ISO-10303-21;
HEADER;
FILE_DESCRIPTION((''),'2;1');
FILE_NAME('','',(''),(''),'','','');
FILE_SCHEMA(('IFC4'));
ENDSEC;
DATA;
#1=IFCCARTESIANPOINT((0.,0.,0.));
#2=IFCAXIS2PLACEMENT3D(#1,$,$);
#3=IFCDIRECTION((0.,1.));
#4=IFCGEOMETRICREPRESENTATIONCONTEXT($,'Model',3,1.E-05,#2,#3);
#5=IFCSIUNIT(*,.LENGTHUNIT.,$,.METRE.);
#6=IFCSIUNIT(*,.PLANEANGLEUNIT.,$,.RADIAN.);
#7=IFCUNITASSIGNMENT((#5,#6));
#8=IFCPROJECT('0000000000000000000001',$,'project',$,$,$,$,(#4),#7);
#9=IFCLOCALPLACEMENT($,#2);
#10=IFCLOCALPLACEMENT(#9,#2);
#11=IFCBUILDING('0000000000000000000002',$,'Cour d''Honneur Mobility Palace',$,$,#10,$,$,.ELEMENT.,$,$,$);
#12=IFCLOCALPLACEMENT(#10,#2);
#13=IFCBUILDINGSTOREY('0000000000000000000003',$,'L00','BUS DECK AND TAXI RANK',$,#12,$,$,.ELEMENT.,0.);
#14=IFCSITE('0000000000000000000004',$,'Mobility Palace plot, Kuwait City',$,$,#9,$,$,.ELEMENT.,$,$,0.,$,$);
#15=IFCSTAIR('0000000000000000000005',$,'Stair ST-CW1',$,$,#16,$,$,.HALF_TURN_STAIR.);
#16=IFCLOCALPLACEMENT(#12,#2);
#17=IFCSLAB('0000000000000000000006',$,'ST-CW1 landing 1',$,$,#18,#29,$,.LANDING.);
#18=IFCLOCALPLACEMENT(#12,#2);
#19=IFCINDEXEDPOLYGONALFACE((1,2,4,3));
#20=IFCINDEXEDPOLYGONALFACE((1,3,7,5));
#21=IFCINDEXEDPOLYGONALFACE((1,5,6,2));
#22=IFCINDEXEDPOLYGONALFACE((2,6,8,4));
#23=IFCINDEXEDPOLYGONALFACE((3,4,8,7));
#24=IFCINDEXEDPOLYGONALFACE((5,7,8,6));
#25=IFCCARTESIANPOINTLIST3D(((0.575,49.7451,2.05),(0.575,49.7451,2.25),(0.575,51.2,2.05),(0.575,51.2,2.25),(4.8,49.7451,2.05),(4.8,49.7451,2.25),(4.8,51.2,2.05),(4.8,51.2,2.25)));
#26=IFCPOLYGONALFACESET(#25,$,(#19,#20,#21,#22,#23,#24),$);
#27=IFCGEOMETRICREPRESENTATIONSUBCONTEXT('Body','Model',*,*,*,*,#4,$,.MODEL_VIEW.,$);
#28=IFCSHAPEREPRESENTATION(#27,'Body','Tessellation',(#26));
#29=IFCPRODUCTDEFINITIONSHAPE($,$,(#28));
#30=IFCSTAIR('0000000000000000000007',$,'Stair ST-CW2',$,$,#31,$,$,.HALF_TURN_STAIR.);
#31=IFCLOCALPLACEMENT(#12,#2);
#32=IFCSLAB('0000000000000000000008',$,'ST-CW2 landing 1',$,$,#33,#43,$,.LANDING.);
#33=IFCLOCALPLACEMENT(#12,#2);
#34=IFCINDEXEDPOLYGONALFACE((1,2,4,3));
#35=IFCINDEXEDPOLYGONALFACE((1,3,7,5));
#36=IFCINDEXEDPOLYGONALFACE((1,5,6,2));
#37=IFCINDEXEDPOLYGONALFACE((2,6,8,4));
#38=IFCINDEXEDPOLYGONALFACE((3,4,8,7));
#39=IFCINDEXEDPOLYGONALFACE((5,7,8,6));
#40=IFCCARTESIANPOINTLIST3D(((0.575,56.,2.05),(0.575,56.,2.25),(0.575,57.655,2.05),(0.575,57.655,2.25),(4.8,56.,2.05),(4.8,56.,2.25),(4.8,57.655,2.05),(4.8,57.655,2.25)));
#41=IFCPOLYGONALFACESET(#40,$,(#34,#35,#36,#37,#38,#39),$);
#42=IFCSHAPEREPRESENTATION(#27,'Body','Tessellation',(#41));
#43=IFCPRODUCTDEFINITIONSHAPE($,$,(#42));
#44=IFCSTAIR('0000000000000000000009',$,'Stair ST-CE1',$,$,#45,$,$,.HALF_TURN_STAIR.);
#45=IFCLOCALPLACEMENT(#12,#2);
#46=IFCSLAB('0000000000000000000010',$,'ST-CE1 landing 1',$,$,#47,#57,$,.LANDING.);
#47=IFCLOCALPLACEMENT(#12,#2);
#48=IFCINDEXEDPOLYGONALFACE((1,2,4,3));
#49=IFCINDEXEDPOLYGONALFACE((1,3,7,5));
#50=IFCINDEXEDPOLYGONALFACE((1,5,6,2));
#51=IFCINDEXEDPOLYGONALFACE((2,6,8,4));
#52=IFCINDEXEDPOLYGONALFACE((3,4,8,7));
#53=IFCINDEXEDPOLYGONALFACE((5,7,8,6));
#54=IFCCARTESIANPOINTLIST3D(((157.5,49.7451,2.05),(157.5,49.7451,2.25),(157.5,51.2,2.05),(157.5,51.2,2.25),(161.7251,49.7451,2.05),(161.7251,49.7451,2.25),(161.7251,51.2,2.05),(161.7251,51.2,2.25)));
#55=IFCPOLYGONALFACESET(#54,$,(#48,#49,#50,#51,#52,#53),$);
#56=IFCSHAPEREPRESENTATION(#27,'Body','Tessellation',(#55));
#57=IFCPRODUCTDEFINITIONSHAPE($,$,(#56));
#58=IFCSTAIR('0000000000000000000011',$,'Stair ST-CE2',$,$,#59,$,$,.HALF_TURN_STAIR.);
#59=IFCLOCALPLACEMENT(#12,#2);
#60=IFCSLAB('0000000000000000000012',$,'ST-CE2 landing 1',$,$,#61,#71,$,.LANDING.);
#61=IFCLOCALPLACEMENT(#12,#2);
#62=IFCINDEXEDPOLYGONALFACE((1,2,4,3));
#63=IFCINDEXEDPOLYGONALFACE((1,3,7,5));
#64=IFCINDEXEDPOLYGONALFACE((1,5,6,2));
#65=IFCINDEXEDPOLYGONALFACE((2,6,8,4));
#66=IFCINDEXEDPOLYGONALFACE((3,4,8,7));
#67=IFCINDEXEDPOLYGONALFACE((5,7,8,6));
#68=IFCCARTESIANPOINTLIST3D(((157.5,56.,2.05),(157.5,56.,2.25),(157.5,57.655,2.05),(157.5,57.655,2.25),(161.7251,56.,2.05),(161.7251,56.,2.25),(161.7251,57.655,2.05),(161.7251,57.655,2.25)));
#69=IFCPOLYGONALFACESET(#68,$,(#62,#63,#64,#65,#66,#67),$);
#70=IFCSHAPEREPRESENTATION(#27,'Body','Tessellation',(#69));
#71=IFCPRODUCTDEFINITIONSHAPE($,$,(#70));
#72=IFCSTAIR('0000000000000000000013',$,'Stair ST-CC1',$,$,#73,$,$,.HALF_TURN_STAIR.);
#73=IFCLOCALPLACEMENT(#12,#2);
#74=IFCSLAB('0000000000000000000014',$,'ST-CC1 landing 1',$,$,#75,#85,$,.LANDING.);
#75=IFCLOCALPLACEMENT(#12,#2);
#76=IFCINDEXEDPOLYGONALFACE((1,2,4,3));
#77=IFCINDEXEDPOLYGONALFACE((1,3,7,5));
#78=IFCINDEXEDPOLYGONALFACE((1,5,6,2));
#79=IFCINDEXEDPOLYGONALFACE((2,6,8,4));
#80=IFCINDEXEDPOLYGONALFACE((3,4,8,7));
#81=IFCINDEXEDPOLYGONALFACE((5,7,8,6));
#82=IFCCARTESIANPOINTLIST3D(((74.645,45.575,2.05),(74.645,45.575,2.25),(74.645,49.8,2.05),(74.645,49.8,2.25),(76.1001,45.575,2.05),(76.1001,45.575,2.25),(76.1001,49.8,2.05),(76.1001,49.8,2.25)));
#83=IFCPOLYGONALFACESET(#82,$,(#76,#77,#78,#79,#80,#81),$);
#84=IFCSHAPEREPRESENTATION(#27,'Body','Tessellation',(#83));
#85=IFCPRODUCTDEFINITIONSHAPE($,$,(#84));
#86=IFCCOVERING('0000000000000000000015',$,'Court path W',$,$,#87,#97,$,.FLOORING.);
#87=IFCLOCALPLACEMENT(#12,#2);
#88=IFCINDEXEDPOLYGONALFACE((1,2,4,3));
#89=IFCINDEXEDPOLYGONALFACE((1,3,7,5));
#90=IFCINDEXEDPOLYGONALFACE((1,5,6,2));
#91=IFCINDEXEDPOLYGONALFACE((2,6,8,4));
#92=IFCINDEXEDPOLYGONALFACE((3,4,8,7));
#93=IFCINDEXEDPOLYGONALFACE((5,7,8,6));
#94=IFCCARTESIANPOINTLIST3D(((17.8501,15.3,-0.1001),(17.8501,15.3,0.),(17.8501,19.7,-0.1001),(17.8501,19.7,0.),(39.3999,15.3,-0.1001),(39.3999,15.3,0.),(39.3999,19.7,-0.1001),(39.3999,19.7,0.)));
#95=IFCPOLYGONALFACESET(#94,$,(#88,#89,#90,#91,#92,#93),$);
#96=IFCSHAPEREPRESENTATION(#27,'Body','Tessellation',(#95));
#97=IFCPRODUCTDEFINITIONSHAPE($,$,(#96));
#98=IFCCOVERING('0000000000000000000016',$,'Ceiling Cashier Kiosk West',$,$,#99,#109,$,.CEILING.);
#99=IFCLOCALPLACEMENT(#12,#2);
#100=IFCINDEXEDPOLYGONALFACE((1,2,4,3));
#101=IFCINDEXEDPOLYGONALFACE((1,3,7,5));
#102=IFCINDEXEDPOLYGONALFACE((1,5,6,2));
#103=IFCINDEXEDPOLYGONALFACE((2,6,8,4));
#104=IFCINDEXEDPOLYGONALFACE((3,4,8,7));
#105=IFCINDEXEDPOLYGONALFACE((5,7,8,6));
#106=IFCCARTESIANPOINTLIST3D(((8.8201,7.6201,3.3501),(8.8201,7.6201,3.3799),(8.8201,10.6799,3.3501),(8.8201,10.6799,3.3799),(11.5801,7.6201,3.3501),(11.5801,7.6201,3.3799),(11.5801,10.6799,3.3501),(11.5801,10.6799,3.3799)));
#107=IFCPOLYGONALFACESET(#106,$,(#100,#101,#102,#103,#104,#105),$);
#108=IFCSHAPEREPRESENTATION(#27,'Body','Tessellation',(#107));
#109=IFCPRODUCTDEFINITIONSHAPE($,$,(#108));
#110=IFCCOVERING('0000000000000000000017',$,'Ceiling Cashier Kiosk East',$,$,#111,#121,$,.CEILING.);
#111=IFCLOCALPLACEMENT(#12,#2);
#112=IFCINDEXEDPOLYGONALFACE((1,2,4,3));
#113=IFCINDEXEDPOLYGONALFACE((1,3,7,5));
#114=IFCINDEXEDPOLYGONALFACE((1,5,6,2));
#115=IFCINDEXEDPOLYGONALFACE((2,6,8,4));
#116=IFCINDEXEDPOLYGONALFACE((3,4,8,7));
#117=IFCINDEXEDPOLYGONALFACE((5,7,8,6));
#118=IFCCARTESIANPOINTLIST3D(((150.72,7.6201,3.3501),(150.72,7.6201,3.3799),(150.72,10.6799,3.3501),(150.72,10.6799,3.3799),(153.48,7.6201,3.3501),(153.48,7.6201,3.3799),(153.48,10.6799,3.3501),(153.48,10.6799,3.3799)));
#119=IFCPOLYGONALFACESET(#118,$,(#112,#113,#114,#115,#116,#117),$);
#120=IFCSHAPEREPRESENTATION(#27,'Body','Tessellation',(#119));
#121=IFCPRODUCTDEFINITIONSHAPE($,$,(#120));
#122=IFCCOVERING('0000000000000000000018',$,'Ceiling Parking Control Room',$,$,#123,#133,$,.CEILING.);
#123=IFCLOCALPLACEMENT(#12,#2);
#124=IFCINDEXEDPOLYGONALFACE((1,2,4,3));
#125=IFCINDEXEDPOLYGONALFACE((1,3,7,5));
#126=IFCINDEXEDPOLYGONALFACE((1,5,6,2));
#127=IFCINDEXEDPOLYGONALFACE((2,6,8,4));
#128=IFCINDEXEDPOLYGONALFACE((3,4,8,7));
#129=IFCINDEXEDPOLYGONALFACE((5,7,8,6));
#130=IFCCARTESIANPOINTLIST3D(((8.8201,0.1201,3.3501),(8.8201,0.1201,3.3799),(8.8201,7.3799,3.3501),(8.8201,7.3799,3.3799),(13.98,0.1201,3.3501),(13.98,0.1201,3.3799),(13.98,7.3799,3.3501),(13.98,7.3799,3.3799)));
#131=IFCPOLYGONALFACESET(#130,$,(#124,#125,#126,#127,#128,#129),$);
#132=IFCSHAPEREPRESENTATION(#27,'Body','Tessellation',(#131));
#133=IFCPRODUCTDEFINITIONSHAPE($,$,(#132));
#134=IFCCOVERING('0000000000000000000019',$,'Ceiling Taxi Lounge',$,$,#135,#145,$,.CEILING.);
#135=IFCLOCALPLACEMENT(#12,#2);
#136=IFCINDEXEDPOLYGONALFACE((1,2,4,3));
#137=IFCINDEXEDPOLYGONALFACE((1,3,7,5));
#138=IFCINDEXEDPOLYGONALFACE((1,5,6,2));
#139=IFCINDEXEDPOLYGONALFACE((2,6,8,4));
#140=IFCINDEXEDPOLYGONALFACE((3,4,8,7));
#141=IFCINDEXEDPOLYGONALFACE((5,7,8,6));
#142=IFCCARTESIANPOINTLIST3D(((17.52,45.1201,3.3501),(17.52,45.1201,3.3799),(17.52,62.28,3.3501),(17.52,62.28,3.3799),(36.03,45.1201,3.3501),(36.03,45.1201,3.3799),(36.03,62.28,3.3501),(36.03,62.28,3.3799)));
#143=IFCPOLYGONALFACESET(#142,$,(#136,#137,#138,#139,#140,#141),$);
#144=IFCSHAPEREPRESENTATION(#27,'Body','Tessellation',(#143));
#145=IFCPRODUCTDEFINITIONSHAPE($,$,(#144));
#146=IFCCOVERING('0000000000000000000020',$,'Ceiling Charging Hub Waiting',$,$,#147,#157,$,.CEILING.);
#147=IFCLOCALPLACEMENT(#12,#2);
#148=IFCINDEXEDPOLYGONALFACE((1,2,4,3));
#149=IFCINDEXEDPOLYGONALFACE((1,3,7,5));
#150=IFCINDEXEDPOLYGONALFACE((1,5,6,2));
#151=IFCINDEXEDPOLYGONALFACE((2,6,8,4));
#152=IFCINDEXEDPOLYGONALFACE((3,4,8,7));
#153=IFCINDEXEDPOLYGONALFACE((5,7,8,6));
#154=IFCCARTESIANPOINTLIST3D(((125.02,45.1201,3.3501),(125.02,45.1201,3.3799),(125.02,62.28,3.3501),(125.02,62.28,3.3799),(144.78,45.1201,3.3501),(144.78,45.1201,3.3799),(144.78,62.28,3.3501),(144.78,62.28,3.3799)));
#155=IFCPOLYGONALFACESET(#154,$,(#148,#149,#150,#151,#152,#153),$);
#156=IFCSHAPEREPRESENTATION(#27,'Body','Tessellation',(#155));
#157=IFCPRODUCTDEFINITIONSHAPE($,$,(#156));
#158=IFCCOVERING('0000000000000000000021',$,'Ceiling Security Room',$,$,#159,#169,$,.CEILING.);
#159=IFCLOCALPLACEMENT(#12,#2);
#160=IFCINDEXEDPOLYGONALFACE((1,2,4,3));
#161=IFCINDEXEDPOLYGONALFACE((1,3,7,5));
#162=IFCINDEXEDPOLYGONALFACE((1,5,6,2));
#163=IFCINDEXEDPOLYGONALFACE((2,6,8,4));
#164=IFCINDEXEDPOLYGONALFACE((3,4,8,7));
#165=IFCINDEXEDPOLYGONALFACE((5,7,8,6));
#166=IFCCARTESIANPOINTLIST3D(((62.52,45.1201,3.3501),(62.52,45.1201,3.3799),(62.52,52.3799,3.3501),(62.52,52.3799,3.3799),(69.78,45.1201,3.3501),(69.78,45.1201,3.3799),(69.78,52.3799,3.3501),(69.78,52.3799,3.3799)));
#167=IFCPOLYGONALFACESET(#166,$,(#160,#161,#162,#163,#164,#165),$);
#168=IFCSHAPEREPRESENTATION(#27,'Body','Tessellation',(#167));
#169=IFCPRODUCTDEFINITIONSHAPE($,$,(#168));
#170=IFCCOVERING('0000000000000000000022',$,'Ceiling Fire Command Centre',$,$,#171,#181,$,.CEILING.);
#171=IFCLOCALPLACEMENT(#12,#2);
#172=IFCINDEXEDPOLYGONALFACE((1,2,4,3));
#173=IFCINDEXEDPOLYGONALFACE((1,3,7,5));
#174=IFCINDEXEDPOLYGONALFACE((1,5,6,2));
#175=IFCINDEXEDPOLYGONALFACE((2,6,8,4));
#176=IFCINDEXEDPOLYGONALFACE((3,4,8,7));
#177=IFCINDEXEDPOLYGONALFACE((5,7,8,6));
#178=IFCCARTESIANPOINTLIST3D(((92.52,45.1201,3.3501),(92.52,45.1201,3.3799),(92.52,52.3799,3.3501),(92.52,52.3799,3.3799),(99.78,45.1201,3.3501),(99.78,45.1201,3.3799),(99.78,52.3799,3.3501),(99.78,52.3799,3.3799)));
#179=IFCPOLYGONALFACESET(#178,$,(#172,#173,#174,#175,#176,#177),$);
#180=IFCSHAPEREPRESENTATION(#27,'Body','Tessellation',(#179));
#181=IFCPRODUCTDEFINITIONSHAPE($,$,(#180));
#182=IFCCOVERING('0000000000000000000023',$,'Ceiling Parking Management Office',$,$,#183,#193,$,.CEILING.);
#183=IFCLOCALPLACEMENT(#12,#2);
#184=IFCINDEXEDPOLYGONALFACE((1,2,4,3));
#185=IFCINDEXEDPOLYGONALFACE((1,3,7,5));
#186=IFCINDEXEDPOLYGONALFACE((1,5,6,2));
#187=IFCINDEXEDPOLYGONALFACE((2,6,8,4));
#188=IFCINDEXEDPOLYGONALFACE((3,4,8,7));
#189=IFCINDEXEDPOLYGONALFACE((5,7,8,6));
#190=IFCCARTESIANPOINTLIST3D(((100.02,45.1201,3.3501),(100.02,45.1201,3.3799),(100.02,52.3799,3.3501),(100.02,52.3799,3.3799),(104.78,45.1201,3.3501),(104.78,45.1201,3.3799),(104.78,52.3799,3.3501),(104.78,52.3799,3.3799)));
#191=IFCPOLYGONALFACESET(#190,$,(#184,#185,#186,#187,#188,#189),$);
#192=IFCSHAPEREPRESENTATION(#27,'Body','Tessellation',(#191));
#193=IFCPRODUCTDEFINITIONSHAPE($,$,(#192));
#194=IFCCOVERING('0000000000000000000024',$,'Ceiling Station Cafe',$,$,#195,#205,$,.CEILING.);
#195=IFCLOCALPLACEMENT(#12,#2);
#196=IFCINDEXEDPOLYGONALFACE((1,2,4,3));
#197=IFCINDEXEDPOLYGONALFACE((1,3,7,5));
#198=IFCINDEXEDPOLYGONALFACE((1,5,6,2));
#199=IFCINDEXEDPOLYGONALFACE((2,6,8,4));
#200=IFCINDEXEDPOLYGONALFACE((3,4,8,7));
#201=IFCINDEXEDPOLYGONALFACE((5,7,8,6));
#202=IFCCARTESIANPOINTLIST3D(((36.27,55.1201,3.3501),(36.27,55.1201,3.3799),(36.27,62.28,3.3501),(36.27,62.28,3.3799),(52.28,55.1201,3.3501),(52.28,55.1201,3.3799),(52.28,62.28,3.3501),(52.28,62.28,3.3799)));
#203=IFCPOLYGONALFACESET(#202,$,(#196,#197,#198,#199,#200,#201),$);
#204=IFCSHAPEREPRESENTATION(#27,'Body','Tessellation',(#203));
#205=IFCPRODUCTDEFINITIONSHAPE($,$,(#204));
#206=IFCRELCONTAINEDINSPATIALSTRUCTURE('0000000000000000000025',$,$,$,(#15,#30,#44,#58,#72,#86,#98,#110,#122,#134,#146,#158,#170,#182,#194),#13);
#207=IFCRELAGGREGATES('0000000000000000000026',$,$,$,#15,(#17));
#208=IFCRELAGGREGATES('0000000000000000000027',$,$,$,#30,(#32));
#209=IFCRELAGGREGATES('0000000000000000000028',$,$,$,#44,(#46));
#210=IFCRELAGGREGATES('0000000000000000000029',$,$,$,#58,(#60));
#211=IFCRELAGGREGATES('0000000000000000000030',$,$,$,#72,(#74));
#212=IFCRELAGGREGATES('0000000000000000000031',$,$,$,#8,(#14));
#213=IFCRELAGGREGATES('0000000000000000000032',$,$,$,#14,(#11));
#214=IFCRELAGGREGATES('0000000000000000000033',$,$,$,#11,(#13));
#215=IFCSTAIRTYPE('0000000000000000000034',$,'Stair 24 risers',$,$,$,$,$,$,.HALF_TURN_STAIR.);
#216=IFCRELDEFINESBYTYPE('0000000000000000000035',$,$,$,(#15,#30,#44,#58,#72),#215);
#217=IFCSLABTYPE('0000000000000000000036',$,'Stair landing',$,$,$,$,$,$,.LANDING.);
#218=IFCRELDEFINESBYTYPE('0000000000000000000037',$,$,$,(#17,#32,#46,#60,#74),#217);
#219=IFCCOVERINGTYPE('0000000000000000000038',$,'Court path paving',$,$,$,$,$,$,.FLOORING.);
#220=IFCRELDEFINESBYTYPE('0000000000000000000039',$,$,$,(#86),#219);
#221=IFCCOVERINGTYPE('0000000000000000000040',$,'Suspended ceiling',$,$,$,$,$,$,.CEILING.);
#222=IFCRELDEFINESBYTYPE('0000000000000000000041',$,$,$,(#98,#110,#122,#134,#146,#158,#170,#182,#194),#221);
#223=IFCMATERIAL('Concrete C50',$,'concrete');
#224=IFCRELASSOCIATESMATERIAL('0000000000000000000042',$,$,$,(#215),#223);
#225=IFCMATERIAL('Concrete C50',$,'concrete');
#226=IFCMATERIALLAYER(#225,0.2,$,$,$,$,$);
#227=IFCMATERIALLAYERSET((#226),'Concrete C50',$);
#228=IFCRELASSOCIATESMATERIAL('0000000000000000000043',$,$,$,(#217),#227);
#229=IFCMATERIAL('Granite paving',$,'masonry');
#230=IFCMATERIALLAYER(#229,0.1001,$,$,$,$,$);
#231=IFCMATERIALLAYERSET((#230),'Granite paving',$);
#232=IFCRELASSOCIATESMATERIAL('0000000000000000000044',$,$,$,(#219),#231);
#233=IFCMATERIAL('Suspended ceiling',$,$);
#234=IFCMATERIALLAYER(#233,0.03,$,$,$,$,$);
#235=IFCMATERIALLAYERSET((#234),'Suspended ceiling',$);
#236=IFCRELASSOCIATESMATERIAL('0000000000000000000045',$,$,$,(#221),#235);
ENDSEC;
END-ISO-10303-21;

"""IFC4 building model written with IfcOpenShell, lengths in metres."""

from ifc_helpers import new_model, si_unit, direction, frame, origin, place, context, subcontext, project, spatial, polyline, outline, extrude, material, layer, layer_set, type_object, element, aggregate, save


model = new_model("IFC4")

# Units and contexts
model_context = context("Model", 3, precision=1e-05, world=origin(), true_north=direction((0.0, 1.0)))
body_context = subcontext(model_context, "Body", "Model", "MODEL_VIEW")
ifc_project = project(units=[si_unit("LENGTHUNIT", "METRE"), si_unit("PLANEANGLEUNIT", "RADIAN")], contexts=[model_context])

# Site, building, storey
site_placement = place(None, origin())
site = spatial("IfcSite", under=ifc_project, at=site_placement, Name="Mobility Palace plot, Kuwait City", CompositionType="ELEMENT", RefElevation=0.0)
building_placement = place(site_placement, origin())
building = spatial("IfcBuilding", under=site, at=building_placement, Name="Cour d'Honneur Mobility Palace", CompositionType="ELEMENT")
storey_placement = place(building_placement, origin())
storey = spatial("IfcBuildingStorey", under=building, at=storey_placement, Name="L00", Description="BUS DECK AND TAXI RANK", CompositionType="ELEMENT", Elevation=0.0)

# Stairs, slabs
ifc_material_1 = material(Name="Concrete C50", Category="concrete")
stair_type = type_object("IfcStairType", Name="Stair 24 risers", PredefinedType="HALF_TURN_STAIR", material=ifc_material_1)
stair_1_placement = place(storey_placement, origin())
stair_1 = element("IfcStair", 1, at=stair_1_placement, inside=storey, type_object=stair_type, Name="Stair ST-CW1", PredefinedType="HALF_TURN_STAIR")
ifc_material_2 = material(Name="Concrete C50", Category="concrete")
ifc_layer_1 = layer(ifc_material_2, 0.2)
ifc_layer_set_1 = layer_set([ifc_layer_1], Name="Concrete C50")
slab_type = type_object("IfcSlabType", Name="Stair landing", PredefinedType="LANDING", material=ifc_layer_set_1)
slab_1_placement = place(storey_placement, frame((0.0, 0.0, 2.05)))
slab_1 = element("IfcSlab", 2, at=slab_1_placement, type_object=slab_type, Name="ST-CW1 landing 1", PredefinedType="LANDING", context=body_context, shape_type="SweptSolid", body=[
    extrude(outline(polyline([(0.575, 49.7451), (4.8, 49.7451), (4.8, 51.2), (0.575, 51.2), (0.575, 49.7451)])), origin(), (0.0, 0.0, 1.0), 0.2),
])
aggregate(stair_1, [slab_1])
stair_2_placement = place(storey_placement, origin())
stair_2 = element("IfcStair", 3, at=stair_2_placement, inside=storey, type_object=stair_type, Name="Stair ST-CW2", PredefinedType="HALF_TURN_STAIR")
slab_2_placement = place(storey_placement, frame((0.0, 0.0, 2.05)))
slab_2 = element("IfcSlab", 4, at=slab_2_placement, type_object=slab_type, Name="ST-CW2 landing 1", PredefinedType="LANDING", context=body_context, shape_type="SweptSolid", body=[
    extrude(outline(polyline([(0.575, 56.0), (4.8, 56.0), (4.8, 57.655), (0.575, 57.655), (0.575, 56.0)])), origin(), (0.0, 0.0, 1.0), 0.2),
])
aggregate(stair_2, [slab_2])
stair_3_placement = place(storey_placement, origin())
stair_3 = element("IfcStair", 5, at=stair_3_placement, inside=storey, type_object=stair_type, Name="Stair ST-CE1", PredefinedType="HALF_TURN_STAIR")
slab_3_placement = place(storey_placement, frame((0.0, 0.0, 2.05)))
slab_3 = element("IfcSlab", 6, at=slab_3_placement, type_object=slab_type, Name="ST-CE1 landing 1", PredefinedType="LANDING", context=body_context, shape_type="SweptSolid", body=[
    extrude(outline(polyline([(157.5, 49.7451), (161.7251, 49.7451), (161.7251, 51.2), (157.5, 51.2), (157.5, 49.7451)])), origin(), (0.0, 0.0, 1.0), 0.2),
])
aggregate(stair_3, [slab_3])
stair_4_placement = place(storey_placement, origin())
stair_4 = element("IfcStair", 7, at=stair_4_placement, inside=storey, type_object=stair_type, Name="Stair ST-CE2", PredefinedType="HALF_TURN_STAIR")
slab_4_placement = place(storey_placement, frame((0.0, 0.0, 2.05)))
slab_4 = element("IfcSlab", 8, at=slab_4_placement, type_object=slab_type, Name="ST-CE2 landing 1", PredefinedType="LANDING", context=body_context, shape_type="SweptSolid", body=[
    extrude(outline(polyline([(157.5, 56.0), (161.7251, 56.0), (161.7251, 57.655), (157.5, 57.655), (157.5, 56.0)])), origin(), (0.0, 0.0, 1.0), 0.2),
])
aggregate(stair_4, [slab_4])
stair_5_placement = place(storey_placement, origin())
stair_5 = element("IfcStair", 9, at=stair_5_placement, inside=storey, type_object=stair_type, Name="Stair ST-CC1", PredefinedType="HALF_TURN_STAIR")
slab_5_placement = place(storey_placement, frame((0.0, 0.0, 2.05)))
slab_5 = element("IfcSlab", 10, at=slab_5_placement, type_object=slab_type, Name="ST-CC1 landing 1", PredefinedType="LANDING", context=body_context, shape_type="SweptSolid", body=[
    extrude(outline(polyline([(74.645, 45.575), (76.1001, 45.575), (76.1001, 49.8), (74.645, 49.8), (74.645, 45.575)])), origin(), (0.0, 0.0, 1.0), 0.2),
])
aggregate(stair_5, [slab_5])

# Coverings
ifc_material_3 = material(Name="Granite paving", Category="masonry")
ifc_layer_2 = layer(ifc_material_3, 0.1001)
ifc_layer_set_2 = layer_set([ifc_layer_2], Name="Granite paving")
covering_type_1 = type_object("IfcCoveringType", Name="Court path paving", PredefinedType="FLOORING", material=ifc_layer_set_2)
covering_1_placement = place(storey_placement, frame((0.0, 0.0, -0.1001)))
element("IfcCovering", 11, at=covering_1_placement, inside=storey, type_object=covering_type_1, Name="Court path W", PredefinedType="FLOORING", context=body_context, shape_type="SweptSolid", body=[
    extrude(outline(polyline([(17.8501, 15.3), (39.3999, 15.3), (39.3999, 19.7), (17.8501, 19.7), (17.8501, 15.3)])), origin(), (0.0, 0.0, 1.0), 0.1001),
])
ifc_material_4 = material(Name="Suspended ceiling")
ifc_layer_3 = layer(ifc_material_4, 0.03)
ifc_layer_set_3 = layer_set([ifc_layer_3], Name="Suspended ceiling")
covering_type_2 = type_object("IfcCoveringType", Name="Suspended ceiling", PredefinedType="CEILING", material=ifc_layer_set_3)
covering_2_placement = place(storey_placement, frame((0.0, 0.0, 3.3501)))
element("IfcCovering", 12, at=covering_2_placement, inside=storey, type_object=covering_type_2, Name="Ceiling Cashier Kiosk West", PredefinedType="CEILING", context=body_context, shape_type="SweptSolid", body=[
    extrude(outline(polyline([(11.5801, 7.6201), (8.8201, 7.6201), (8.8201, 10.6799), (11.5801, 10.6799), (11.5801, 7.6201)])), origin(), (0.0, 0.0, 1.0), 0.0298),
])
covering_3_placement = place(storey_placement, frame((0.0, 0.0, 3.3501)))
element("IfcCovering", 13, at=covering_3_placement, inside=storey, type_object=covering_type_2, Name="Ceiling Cashier Kiosk East", PredefinedType="CEILING", context=body_context, shape_type="SweptSolid", body=[
    extrude(outline(polyline([(153.48, 7.6201), (150.72, 7.6201), (150.72, 10.6799), (153.48, 10.6799), (153.48, 7.6201)])), origin(), (0.0, 0.0, 1.0), 0.0298),
])
covering_4_placement = place(storey_placement, frame((0.0, 0.0, 3.3501)))
element("IfcCovering", 14, at=covering_4_placement, inside=storey, type_object=covering_type_2, Name="Ceiling Parking Control Room", PredefinedType="CEILING", context=body_context, shape_type="SweptSolid", body=[
    extrude(outline(polyline([(13.98, 0.1201), (8.8201, 0.1201), (8.8201, 7.3799), (13.98, 7.3799), (13.98, 0.1201)])), origin(), (0.0, 0.0, 1.0), 0.0298),
])
covering_5_placement = place(storey_placement, frame((0.0, 0.0, 3.3501)))
element("IfcCovering", 15, at=covering_5_placement, inside=storey, type_object=covering_type_2, Name="Ceiling Taxi Lounge", PredefinedType="CEILING", context=body_context, shape_type="SweptSolid", body=[
    extrude(outline(polyline([(36.03, 45.1201), (17.52, 45.1201), (17.52, 62.28), (36.03, 62.28), (36.03, 45.1201)])), origin(), (0.0, 0.0, 1.0), 0.0298),
])
covering_6_placement = place(storey_placement, frame((0.0, 0.0, 3.3501)))
element("IfcCovering", 16, at=covering_6_placement, inside=storey, type_object=covering_type_2, Name="Ceiling Charging Hub Waiting", PredefinedType="CEILING", context=body_context, shape_type="SweptSolid", body=[
    extrude(outline(polyline([(144.78, 45.1201), (125.02, 45.1201), (125.02, 62.28), (144.78, 62.28), (144.78, 45.1201)])), origin(), (0.0, 0.0, 1.0), 0.0298),
])
covering_7_placement = place(storey_placement, frame((0.0, 0.0, 3.3501)))
element("IfcCovering", 17, at=covering_7_placement, inside=storey, type_object=covering_type_2, Name="Ceiling Security Room", PredefinedType="CEILING", context=body_context, shape_type="SweptSolid", body=[
    extrude(outline(polyline([(69.78, 45.1201), (62.52, 45.1201), (62.52, 52.3799), (69.78, 52.3799), (69.78, 45.1201)])), origin(), (0.0, 0.0, 1.0), 0.0298),
])
covering_8_placement = place(storey_placement, frame((0.0, 0.0, 3.3501)))
element("IfcCovering", 18, at=covering_8_placement, inside=storey, type_object=covering_type_2, Name="Ceiling Fire Command Centre", PredefinedType="CEILING", context=body_context, shape_type="SweptSolid", body=[
    extrude(outline(polyline([(99.78, 45.1201), (92.52, 45.1201), (92.52, 52.3799), (99.78, 52.3799), (99.78, 45.1201)])), origin(), (0.0, 0.0, 1.0), 0.0298),
])
covering_9_placement = place(storey_placement, frame((0.0, 0.0, 3.3501)))
element("IfcCovering", 19, at=covering_9_placement, inside=storey, type_object=covering_type_2, Name="Ceiling Parking Management Office", PredefinedType="CEILING", context=body_context, shape_type="SweptSolid", body=[
    extrude(outline(polyline([(104.78, 45.1201), (100.02, 45.1201), (100.02, 52.3799), (104.78, 52.3799), (104.78, 45.1201)])), origin(), (0.0, 0.0, 1.0), 0.0298),
])
covering_10_placement = place(storey_placement, frame((0.0, 0.0, 3.3501)))
element("IfcCovering", 20, at=covering_10_placement, inside=storey, type_object=covering_type_2, Name="Ceiling Station Cafe", PredefinedType="CEILING", context=body_context, shape_type="SweptSolid", body=[
    extrude(outline(polyline([(52.28, 55.1201), (36.27, 55.1201), (36.27, 62.28), (52.28, 62.28), (52.28, 55.1201)])), origin(), (0.0, 0.0, 1.0), 0.0298),
])

save(model, "model.ifc")
